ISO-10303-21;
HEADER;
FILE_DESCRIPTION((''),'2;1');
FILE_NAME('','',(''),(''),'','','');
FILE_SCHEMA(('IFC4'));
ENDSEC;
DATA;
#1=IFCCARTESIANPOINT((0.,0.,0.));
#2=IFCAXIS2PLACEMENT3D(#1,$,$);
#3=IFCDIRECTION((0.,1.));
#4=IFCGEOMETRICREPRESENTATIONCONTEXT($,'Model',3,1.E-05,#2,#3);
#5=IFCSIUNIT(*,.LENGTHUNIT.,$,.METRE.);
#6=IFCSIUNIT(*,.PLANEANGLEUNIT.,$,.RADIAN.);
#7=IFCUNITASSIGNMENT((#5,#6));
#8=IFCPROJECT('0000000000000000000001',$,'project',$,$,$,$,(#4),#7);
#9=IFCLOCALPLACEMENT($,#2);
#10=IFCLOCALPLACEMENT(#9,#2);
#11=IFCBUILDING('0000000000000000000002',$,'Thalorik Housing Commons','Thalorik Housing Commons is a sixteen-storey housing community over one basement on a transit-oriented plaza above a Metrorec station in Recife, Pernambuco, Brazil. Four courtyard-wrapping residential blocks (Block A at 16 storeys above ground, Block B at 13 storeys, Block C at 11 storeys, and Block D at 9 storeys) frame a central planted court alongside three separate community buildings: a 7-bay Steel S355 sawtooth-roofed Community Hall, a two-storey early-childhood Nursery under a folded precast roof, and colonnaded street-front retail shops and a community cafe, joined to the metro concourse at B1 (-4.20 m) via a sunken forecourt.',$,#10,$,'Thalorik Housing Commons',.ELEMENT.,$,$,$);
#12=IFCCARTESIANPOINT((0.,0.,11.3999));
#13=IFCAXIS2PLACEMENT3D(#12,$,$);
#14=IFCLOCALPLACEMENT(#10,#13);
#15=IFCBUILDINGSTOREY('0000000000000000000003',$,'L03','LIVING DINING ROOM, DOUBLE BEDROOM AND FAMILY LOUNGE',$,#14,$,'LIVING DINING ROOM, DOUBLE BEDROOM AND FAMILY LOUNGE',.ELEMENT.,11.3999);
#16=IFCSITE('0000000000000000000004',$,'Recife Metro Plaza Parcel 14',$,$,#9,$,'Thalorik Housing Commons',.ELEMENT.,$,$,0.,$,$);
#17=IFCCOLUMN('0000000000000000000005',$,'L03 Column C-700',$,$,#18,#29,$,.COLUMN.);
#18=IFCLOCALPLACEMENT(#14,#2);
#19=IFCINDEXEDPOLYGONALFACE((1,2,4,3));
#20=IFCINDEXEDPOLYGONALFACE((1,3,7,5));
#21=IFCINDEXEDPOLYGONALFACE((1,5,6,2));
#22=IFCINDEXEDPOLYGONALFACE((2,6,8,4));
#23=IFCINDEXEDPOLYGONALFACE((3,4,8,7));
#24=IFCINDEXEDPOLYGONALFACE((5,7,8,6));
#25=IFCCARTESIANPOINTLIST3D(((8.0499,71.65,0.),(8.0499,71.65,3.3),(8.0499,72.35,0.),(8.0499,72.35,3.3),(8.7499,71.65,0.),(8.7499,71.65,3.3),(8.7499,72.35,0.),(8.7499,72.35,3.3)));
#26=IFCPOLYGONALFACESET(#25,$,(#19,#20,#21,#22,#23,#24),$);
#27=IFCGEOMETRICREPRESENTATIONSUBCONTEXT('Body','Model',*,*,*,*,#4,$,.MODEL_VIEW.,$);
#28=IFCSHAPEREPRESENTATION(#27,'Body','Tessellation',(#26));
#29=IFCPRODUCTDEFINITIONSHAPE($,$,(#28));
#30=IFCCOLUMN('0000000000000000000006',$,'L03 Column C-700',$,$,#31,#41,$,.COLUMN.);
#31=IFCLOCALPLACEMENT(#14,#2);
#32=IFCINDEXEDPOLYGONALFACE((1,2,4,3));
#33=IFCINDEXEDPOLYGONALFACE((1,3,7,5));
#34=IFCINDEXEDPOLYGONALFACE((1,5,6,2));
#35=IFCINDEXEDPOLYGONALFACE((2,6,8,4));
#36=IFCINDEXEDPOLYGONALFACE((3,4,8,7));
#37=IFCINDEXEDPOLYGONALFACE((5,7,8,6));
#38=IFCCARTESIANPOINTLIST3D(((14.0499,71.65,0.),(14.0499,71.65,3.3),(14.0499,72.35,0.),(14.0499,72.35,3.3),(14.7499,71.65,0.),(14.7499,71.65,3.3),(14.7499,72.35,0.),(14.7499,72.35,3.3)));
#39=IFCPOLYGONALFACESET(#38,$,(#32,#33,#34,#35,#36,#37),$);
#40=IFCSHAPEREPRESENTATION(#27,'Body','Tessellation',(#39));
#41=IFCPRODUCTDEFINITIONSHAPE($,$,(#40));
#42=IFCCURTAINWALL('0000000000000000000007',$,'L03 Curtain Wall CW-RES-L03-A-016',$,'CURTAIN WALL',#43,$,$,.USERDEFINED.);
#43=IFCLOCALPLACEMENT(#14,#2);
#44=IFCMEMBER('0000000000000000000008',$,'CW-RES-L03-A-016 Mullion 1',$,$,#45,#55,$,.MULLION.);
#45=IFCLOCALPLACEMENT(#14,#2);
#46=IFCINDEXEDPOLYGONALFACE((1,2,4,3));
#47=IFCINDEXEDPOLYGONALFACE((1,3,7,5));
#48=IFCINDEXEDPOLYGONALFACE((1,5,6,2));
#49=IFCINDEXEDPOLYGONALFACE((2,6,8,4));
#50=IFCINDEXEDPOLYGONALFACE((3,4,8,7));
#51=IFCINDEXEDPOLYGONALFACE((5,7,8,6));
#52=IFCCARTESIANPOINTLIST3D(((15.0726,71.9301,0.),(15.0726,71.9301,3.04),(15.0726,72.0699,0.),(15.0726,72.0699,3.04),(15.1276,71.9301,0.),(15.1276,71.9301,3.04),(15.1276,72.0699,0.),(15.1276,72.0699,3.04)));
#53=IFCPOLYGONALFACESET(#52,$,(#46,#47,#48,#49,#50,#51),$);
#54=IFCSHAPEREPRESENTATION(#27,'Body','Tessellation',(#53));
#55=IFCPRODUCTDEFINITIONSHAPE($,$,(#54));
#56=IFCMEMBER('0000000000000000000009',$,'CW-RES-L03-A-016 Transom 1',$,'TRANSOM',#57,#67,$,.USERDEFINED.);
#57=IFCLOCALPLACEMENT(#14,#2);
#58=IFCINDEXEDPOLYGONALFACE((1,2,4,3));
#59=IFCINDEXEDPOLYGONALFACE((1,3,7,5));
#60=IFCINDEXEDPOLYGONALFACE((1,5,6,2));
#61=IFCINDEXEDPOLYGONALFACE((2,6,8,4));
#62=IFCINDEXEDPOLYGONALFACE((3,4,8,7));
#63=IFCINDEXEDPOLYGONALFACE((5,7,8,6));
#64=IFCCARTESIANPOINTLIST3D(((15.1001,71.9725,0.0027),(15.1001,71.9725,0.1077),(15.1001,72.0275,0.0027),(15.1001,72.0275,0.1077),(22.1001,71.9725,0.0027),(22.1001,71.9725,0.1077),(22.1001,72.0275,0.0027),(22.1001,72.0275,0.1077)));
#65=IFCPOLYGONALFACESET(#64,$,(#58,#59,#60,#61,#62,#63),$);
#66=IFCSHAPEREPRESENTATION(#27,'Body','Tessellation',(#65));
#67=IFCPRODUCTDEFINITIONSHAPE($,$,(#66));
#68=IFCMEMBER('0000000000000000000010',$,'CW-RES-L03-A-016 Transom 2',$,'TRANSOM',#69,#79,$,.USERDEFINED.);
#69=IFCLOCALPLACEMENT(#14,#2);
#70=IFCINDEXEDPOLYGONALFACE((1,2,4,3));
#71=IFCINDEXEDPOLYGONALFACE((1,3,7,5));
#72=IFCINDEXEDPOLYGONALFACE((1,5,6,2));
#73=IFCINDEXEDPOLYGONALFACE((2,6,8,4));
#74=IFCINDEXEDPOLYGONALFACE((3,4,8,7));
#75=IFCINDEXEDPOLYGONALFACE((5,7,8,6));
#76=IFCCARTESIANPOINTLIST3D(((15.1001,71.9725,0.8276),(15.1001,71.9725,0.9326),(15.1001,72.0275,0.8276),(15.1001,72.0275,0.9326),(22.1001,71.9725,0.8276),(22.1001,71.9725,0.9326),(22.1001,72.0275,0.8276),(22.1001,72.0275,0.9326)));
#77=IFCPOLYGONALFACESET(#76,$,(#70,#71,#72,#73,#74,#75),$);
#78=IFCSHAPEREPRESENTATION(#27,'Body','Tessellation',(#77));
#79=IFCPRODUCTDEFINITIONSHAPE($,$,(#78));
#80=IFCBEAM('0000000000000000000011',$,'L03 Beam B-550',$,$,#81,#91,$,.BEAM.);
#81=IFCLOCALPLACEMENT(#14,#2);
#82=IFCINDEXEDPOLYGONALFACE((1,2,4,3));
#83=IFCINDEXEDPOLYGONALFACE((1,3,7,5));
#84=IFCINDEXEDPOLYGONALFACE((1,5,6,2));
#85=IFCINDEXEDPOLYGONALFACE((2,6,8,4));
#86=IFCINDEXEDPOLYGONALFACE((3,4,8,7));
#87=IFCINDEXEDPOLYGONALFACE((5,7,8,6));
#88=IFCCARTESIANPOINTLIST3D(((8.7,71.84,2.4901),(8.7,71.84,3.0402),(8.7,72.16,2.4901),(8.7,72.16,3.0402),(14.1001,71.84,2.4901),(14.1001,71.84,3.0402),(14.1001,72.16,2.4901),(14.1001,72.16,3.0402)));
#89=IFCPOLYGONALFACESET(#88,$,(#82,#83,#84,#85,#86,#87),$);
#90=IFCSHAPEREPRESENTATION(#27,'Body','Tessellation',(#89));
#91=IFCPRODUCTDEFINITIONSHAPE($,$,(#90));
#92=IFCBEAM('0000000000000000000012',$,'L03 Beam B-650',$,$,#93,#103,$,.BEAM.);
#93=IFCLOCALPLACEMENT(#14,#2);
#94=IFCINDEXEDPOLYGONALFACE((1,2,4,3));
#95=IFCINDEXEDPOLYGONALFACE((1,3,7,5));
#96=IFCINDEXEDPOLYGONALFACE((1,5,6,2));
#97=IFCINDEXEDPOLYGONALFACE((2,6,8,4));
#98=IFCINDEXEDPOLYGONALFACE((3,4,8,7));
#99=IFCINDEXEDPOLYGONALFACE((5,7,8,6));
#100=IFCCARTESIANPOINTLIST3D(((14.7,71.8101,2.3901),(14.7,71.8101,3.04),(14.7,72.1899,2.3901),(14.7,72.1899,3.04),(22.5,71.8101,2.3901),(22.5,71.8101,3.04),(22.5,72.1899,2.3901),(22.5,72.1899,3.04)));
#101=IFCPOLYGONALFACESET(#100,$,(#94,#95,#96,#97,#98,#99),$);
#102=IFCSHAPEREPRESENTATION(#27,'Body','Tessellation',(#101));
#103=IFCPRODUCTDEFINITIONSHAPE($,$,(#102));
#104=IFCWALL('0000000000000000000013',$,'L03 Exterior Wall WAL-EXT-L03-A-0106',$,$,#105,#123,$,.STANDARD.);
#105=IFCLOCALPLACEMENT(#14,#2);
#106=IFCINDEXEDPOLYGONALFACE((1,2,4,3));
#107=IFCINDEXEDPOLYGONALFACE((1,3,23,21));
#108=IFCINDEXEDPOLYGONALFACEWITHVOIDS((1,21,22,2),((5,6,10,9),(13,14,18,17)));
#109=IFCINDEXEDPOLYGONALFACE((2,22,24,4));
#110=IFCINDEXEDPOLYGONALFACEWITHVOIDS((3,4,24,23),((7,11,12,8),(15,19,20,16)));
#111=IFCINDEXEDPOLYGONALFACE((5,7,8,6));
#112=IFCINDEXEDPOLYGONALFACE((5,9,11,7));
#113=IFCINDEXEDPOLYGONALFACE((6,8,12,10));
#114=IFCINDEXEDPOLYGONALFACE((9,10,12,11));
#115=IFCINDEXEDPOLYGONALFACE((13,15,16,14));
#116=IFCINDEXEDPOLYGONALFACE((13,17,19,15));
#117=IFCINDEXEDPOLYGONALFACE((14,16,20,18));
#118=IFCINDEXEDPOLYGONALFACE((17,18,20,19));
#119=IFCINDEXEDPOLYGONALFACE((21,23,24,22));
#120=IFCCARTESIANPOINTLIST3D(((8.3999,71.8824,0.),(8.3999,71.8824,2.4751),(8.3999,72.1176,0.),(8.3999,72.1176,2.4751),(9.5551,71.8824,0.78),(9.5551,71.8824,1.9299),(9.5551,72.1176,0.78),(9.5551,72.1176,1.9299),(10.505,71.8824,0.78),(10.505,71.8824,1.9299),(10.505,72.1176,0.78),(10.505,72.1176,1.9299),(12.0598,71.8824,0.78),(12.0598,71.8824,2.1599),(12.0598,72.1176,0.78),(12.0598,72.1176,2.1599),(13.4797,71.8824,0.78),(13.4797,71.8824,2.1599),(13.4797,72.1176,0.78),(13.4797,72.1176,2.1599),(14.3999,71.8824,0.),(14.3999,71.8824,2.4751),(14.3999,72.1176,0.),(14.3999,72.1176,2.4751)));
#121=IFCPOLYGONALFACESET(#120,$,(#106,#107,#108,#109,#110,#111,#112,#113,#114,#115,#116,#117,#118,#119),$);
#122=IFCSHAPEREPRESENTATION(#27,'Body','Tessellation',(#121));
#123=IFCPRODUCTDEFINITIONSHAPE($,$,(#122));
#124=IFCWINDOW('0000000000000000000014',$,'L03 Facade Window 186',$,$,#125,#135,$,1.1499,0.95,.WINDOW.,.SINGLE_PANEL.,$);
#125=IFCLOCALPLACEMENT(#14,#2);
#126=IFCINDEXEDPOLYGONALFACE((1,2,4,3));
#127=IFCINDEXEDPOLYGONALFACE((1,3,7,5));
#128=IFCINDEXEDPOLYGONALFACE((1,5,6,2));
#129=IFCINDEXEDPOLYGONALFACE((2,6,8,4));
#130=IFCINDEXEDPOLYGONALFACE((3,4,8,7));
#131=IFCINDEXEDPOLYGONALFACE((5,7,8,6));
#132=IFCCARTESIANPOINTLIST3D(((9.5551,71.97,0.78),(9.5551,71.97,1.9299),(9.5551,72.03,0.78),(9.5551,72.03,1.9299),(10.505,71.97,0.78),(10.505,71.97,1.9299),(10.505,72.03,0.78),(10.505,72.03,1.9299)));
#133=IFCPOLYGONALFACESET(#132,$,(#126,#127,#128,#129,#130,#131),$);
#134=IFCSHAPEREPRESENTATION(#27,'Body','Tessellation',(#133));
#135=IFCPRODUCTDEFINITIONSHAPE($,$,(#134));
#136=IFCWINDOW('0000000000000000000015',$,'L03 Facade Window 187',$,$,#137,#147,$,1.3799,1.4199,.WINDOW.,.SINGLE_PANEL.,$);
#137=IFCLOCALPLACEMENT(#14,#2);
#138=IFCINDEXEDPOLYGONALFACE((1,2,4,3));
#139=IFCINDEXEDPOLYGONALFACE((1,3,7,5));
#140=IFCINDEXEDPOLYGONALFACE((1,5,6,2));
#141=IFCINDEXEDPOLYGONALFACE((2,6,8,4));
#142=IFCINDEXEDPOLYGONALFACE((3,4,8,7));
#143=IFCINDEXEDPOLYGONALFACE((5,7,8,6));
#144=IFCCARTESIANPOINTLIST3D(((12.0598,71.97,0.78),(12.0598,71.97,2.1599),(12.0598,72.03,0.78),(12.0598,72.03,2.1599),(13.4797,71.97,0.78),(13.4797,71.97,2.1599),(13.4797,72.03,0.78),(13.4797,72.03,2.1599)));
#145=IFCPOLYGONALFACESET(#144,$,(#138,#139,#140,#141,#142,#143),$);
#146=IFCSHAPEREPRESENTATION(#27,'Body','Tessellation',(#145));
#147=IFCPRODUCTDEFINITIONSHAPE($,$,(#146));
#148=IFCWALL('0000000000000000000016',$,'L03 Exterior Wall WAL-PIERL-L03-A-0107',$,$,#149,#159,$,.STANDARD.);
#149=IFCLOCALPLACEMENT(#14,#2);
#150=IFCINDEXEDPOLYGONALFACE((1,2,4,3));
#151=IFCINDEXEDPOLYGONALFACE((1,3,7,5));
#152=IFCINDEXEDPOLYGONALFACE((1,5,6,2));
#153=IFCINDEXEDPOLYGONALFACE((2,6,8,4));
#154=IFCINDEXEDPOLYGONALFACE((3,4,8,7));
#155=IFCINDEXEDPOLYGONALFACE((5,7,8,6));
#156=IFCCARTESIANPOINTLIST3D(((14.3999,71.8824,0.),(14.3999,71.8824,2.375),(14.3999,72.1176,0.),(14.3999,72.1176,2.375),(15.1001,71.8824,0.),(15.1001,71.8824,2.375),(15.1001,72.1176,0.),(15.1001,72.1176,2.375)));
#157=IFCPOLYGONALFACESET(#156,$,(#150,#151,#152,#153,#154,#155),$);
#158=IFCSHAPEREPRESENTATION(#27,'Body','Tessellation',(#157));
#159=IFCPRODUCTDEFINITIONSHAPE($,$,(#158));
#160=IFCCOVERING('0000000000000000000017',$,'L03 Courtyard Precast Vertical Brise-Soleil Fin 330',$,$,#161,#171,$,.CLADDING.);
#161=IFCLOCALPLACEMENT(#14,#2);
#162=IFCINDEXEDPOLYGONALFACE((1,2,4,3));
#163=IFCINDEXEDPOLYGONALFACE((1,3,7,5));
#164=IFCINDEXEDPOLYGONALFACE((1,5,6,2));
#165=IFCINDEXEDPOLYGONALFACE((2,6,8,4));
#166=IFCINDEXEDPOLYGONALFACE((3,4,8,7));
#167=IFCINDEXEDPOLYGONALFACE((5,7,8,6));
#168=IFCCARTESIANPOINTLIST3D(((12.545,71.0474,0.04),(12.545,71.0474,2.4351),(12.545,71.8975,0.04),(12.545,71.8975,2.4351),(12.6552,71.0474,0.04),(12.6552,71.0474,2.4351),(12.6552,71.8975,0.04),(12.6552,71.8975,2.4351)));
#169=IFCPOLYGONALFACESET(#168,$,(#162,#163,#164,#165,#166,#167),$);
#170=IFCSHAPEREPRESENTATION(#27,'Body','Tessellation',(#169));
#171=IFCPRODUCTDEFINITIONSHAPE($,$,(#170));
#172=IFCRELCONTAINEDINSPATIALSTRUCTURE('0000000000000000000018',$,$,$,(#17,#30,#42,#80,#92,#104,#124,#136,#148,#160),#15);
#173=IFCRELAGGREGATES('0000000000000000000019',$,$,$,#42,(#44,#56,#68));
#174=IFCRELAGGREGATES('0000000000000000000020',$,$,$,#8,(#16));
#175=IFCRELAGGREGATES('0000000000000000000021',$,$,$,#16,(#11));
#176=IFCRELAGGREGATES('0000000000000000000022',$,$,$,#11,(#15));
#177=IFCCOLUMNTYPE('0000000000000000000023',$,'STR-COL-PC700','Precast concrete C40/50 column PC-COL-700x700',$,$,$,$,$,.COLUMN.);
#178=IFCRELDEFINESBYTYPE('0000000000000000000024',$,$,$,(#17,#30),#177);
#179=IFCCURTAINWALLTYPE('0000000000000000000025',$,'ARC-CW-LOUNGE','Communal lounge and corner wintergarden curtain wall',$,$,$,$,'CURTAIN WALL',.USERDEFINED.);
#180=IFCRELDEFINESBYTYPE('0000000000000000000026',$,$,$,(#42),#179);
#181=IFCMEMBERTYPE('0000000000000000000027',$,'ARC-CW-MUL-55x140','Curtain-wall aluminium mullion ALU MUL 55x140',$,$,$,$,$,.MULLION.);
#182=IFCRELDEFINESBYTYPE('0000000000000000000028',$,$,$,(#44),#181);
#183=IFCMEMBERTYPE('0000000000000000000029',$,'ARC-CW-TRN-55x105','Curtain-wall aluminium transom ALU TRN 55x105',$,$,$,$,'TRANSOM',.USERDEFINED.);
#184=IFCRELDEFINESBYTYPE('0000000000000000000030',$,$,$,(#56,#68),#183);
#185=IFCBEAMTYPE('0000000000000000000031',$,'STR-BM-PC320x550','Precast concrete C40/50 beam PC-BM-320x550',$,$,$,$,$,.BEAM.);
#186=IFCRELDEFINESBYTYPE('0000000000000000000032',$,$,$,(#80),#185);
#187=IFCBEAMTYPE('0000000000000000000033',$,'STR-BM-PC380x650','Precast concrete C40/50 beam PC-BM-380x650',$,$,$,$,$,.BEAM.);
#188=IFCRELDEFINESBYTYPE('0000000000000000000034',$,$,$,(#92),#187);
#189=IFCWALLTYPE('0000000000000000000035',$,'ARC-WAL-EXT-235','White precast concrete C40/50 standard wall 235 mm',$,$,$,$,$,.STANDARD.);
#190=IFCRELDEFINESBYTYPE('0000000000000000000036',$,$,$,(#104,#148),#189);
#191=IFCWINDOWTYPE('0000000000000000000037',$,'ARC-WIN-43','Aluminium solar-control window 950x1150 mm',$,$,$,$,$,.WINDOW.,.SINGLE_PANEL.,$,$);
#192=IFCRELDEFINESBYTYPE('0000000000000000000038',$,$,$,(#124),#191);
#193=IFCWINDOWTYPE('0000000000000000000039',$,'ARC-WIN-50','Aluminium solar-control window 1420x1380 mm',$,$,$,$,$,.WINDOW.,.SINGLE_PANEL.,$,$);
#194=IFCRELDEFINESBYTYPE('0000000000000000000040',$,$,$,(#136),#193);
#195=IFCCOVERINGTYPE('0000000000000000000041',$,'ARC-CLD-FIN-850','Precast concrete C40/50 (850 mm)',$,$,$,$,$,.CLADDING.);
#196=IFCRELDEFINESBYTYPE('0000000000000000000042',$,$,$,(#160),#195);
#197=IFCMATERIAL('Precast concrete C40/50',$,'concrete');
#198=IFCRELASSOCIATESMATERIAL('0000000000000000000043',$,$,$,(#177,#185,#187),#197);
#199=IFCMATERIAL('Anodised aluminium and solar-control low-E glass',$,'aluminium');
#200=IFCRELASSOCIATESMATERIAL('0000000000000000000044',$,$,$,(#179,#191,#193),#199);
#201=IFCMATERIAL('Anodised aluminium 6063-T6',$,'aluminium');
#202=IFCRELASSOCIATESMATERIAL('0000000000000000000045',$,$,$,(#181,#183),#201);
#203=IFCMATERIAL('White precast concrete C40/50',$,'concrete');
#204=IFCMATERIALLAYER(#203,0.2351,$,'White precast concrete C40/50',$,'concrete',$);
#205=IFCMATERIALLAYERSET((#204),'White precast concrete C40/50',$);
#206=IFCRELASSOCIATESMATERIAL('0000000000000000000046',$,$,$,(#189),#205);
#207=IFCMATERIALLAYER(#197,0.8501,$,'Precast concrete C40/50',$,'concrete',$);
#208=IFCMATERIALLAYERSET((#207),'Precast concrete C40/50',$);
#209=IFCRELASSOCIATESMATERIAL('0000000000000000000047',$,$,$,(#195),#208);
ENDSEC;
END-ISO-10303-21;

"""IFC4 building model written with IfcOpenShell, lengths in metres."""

from ifc_helpers import new_model, si_unit, direction, frame, frame_2d, origin, origin_2d, place, context, subcontext, project, spatial, rectangle, extrude, material, layer, layer_set, material_profile, profile_set, type_object, element, fill, aggregate, save


model = new_model("IFC4")

# Units and contexts
model_context = context("Model", 3, precision=1e-05, world=origin(), true_north=direction((0.0, 1.0)))
body_context = subcontext(model_context, "Body", "Model", "MODEL_VIEW")
ifc_project = project(units=[si_unit("LENGTHUNIT", "METRE"), si_unit("PLANEANGLEUNIT", "RADIAN")], contexts=[model_context])

# Site, building, storey
site_placement = place(None, origin())
site = spatial("IfcSite", under=ifc_project, at=site_placement, Name="Recife Metro Plaza Parcel 14", LongName="Thalorik Housing Commons", CompositionType="ELEMENT", RefElevation=0.0)
building_placement = place(site_placement, origin())
building = spatial("IfcBuilding", under=site, at=building_placement, Name="Thalorik Housing Commons", Description="Thalorik Housing Commons is a sixteen-storey housing community over one basement on a transit-oriented plaza above a Metrorec station in Recife, Pernambuco, Brazil. Four courtyard-wrapping residential blocks (Block A at 16 storeys above ground, Block B at 13 storeys, Block C at 11 storeys, and Block D at 9 storeys) frame a central planted court alongside three separate community buildings: a 7-bay Steel S355 sawtooth-roofed Community Hall, a two-storey early-childhood Nursery under a folded precast roof, and colonnaded street-front retail shops and a community cafe, joined to the metro concourse at B1 (-4.20 m) via a sunken forecourt.", LongName="Thalorik Housing Commons", CompositionType="ELEMENT")
storey_placement = place(building_placement, frame((0.0, 0.0, 11.3999)))
storey = spatial("IfcBuildingStorey", under=building, at=storey_placement, Name="L03", Description="LIVING DINING ROOM, DOUBLE BEDROOM AND FAMILY LOUNGE", LongName="LIVING DINING ROOM, DOUBLE BEDROOM AND FAMILY LOUNGE", CompositionType="ELEMENT", Elevation=11.3999)

# Columns
ifc_material_1 = material(Name="Precast concrete C40/50", Category="concrete")
ifc_material_profile_1 = material_profile(ifc_material_1, rectangle(XDim=0.7, YDim=0.7, at=origin_2d()), Name="PC 700x700", Category="concrete")
ifc_profile_set_1 = profile_set([ifc_material_profile_1], Name="Precast concrete C40/50")
column_type = type_object("IfcColumnType", Name="STR-COL-PC700", Description="Precast concrete C40/50 column PC-COL-700x700", PredefinedType="COLUMN", material=ifc_profile_set_1)
for number, where, z_axis, x_axis, name in (
    (1, (8.3999, 72.0, 0.0), (0.0, 0.0, 1.0), (1.0, 0.0, 0.0), "L03 Column C-700"),
    (2, (14.3999, 72.0, 0.0), (0.0, 0.0, 1.0), (1.0, 0.0, 0.0), "L03 Column C-700"),
):
    element("IfcColumn", number, at=place(storey_placement, frame(where, z_axis=z_axis, x_axis=x_axis)), inside=storey, type_object=column_type, Name=name, PredefinedType="COLUMN", context=body_context, shape_type="SweptSolid", body=[
        extrude(rectangle(XDim=0.7, YDim=0.7, at=origin_2d()), origin(), (0.0, 0.0, 1.0), 3.3),
    ])

# Curtain wall, members
ifc_material_2 = material(Name="Anodised aluminium and solar-control low-E glass", Category="aluminium")
curtain_wall_type = type_object("IfcCurtainWallType", Name="ARC-CW-LOUNGE", Description="Communal lounge and corner wintergarden curtain wall", ElementType="CURTAIN WALL", PredefinedType="USERDEFINED", material=ifc_material_2)
curtain_wall_placement = place(storey_placement, origin())
curtain_wall = element("IfcCurtainWall", 3, at=curtain_wall_placement, inside=storey, type_object=curtain_wall_type, Name="L03 Curtain Wall CW-RES-L03-A-016", ObjectType="CURTAIN WALL", PredefinedType="USERDEFINED")
ifc_material_3 = material(Name="Anodised aluminium 6063-T6", Category="aluminium")
ifc_material_profile_2 = material_profile(ifc_material_3, rectangle(XDim=0.0549, YDim=0.1399, at=origin_2d()), Name="ALU MUL 55x140", Category="aluminium")
ifc_profile_set_2 = profile_set([ifc_material_profile_2], Name="Anodised aluminium 6063-T6")
member_type_1 = type_object("IfcMemberType", Name="ARC-CW-MUL-55x140", Description="Curtain-wall aluminium mullion ALU MUL 55x140", PredefinedType="MULLION", material=ifc_profile_set_2)
member_1_placement = place(storey_placement, frame((15.1001, 72.0, 0.0), z_axis=(0.0, 0.0, 1.0), x_axis=(1.0, 0.0, 0.0)))
member_1 = element("IfcMember", 4, at=member_1_placement, type_object=member_type_1, Name="CW-RES-L03-A-016 Mullion 1", PredefinedType="MULLION", context=body_context, shape_type="SweptSolid", body=[
    extrude(rectangle(XDim=0.0549, YDim=0.1399, at=origin_2d()), origin(), (0.0, 0.0, 1.0), 3.04),
])
ifc_material_profile_3 = material_profile(ifc_material_3, rectangle(XDim=0.0549, YDim=0.105, at=origin_2d()), Name="ALU TRN 55x105", Category="aluminium")
ifc_profile_set_3 = profile_set([ifc_material_profile_3], Name="Anodised aluminium 6063-T6")
member_type_2 = type_object("IfcMemberType", Name="ARC-CW-TRN-55x105", Description="Curtain-wall aluminium transom ALU TRN 55x105", ElementType="TRANSOM", PredefinedType="USERDEFINED", material=ifc_profile_set_3)
member_2_placement = place(storey_placement, frame((15.1001, 72.0, 0.0552), z_axis=(1.0, 0.0, 0.0), x_axis=(0.0, 1.0, 0.0)))
member_2 = element("IfcMember", 5, at=member_2_placement, type_object=member_type_2, Name="CW-RES-L03-A-016 Transom 1", ObjectType="TRANSOM", PredefinedType="USERDEFINED", context=body_context, shape_type="SweptSolid", body=[
    extrude(rectangle(XDim=0.0549, YDim=0.105, at=origin_2d()), origin(), (0.0, 0.0, 1.0), 7.0),
])
member_3_placement = place(storey_placement, frame((15.1001, 72.0, 0.8801), z_axis=(1.0, 0.0, 0.0), x_axis=(0.0, 1.0, 0.0)))
member_3 = element("IfcMember", 6, at=member_3_placement, type_object=member_type_2, Name="CW-RES-L03-A-016 Transom 2", ObjectType="TRANSOM", PredefinedType="USERDEFINED", context=body_context, shape_type="SweptSolid", body=[
    extrude(rectangle(XDim=0.0549, YDim=0.105, at=origin_2d()), origin(), (0.0, 0.0, 1.0), 7.0),
])
aggregate(curtain_wall, [member_1, member_2, member_3])

# Beams
ifc_material_profile_4 = material_profile(ifc_material_1, rectangle(XDim=0.3201, YDim=0.55, at=origin_2d()), Name="PC 320x550", Category="concrete")
ifc_profile_set_4 = profile_set([ifc_material_profile_4], Name="Precast concrete C40/50")
beam_type_1 = type_object("IfcBeamType", Name="STR-BM-PC320x550", Description="Precast concrete C40/50 beam PC-BM-320x550", PredefinedType="BEAM", material=ifc_profile_set_4)
beam_1_placement = place(storey_placement, frame((8.7, 72.0, 2.7651), z_axis=(1.0, 0.0, 0.0), x_axis=(0.0, 1.0, 0.0)))
element("IfcBeam", 7, at=beam_1_placement, inside=storey, type_object=beam_type_1, Name="L03 Beam B-550", PredefinedType="BEAM", context=body_context, shape_type="SweptSolid", body=[
    extrude(rectangle(XDim=0.3201, YDim=0.55, at=origin_2d()), origin(), (0.0, 0.0, 1.0), 5.4001),
])
ifc_material_profile_5 = material_profile(ifc_material_1, rectangle(XDim=0.3799, YDim=0.6499, at=origin_2d()), Name="PC 380x650", Category="concrete")
ifc_profile_set_5 = profile_set([ifc_material_profile_5], Name="Precast concrete C40/50")
beam_type_2 = type_object("IfcBeamType", Name="STR-BM-PC380x650", Description="Precast concrete C40/50 beam PC-BM-380x650", PredefinedType="BEAM", material=ifc_profile_set_5)
beam_2_placement = place(storey_placement, frame((14.7, 72.0, 2.7151), z_axis=(1.0, 0.0, 0.0), x_axis=(0.0, 1.0, 0.0)))
element("IfcBeam", 8, at=beam_2_placement, inside=storey, type_object=beam_type_2, Name="L03 Beam B-650", PredefinedType="BEAM", context=body_context, shape_type="SweptSolid", body=[
    extrude(rectangle(XDim=0.3799, YDim=0.6499, at=origin_2d()), origin(), (0.0, 0.0, 1.0), 7.8),
])

# Wall, openings, windows
ifc_material_4 = material(Name="White precast concrete C40/50", Category="concrete")
ifc_layer_1 = layer(ifc_material_4, 0.2351, Name="White precast concrete C40/50", Category="concrete")
ifc_layer_set_1 = layer_set([ifc_layer_1], Name="White precast concrete C40/50")
wall_type = type_object("IfcWallType", Name="ARC-WAL-EXT-235", Description="White precast concrete C40/50 standard wall 235 mm", PredefinedType="STANDARD", material=ifc_layer_set_1)
wall_1_placement = place(storey_placement, frame((8.3999, 72.0, 0.0), z_axis=(0.0, 0.0, 1.0), x_axis=(1.0, 0.0, 0.0)))
wall_1 = element("IfcWall", 9, at=wall_1_placement, inside=storey, type_object=wall_type, Name="L03 Exterior Wall WAL-EXT-L03-A-0106", PredefinedType="STANDARD", context=body_context, shape_type="SweptSolid", body=[
    extrude(rectangle(XDim=6.0, YDim=0.2351, at=frame_2d((3.0, 0.0))), origin(), (0.0, 0.0, 1.0), 2.4751),
])
opening_1_placement = place(wall_1_placement, frame((1.155, 0.0, 0.78)))
opening_1 = element("IfcOpeningElement", 10, at=opening_1_placement, cuts=wall_1, PredefinedType="OPENING", context=body_context, shape_type="SweptSolid", body=[
    extrude(rectangle(XDim=0.95, YDim=1.1499, at=frame_2d((0.4751, 0.575))), frame((0.0, 0.1274, 0.0), z_axis=(0.0, -1.0, 0.0), x_axis=(1.0, 0.0, 0.0)), (0.0, 0.0, 1.0), 0.2551),
])
opening_2_placement = place(wall_1_placement, frame((3.6599, 0.0, 0.78)))
opening_2 = element("IfcOpeningElement", 11, at=opening_2_placement, cuts=wall_1, PredefinedType="OPENING", context=body_context, shape_type="SweptSolid", body=[
    extrude(rectangle(XDim=1.4199, YDim=1.3799, at=frame_2d((0.71, 0.6899))), frame((0.0, 0.1274, 0.0), z_axis=(0.0, -1.0, 0.0), x_axis=(1.0, 0.0, 0.0)), (0.0, 0.0, 1.0), 0.2551),
])
window_type_1 = type_object("IfcWindowType", Name="ARC-WIN-43", Description="Aluminium solar-control window 950x1150 mm", PartitioningType="SINGLE_PANEL", PredefinedType="WINDOW", material=ifc_material_2)
window_1_placement = place(opening_1_placement, origin())
window_1 = element("IfcWindow", 12, at=window_1_placement, inside=storey, type_object=window_type_1, Name="L03 Facade Window 186", OverallHeight=1.1499, OverallWidth=0.95, PartitioningType="SINGLE_PANEL", PredefinedType="WINDOW", context=body_context, shape_type="SweptSolid", body=[
    extrude(rectangle(XDim=0.95, YDim=1.1499, at=frame_2d((0.4751, 0.575))), frame((0.0, 0.03, 0.0), z_axis=(0.0, -1.0, 0.0), x_axis=(1.0, 0.0, 0.0)), (0.0, 0.0, 1.0), 0.0601),
])
fill(opening_1, window_1)
window_type_2 = type_object("IfcWindowType", Name="ARC-WIN-50", Description="Aluminium solar-control window 1420x1380 mm", PartitioningType="SINGLE_PANEL", PredefinedType="WINDOW", material=ifc_material_2)
window_2_placement = place(opening_2_placement, origin())
window_2 = element("IfcWindow", 13, at=window_2_placement, inside=storey, type_object=window_type_2, Name="L03 Facade Window 187", OverallHeight=1.3799, OverallWidth=1.4199, PartitioningType="SINGLE_PANEL", PredefinedType="WINDOW", context=body_context, shape_type="SweptSolid", body=[
    extrude(rectangle(XDim=1.4199, YDim=1.3799, at=frame_2d((0.71, 0.6899))), frame((0.0, 0.03, 0.0), z_axis=(0.0, -1.0, 0.0), x_axis=(1.0, 0.0, 0.0)), (0.0, 0.0, 1.0), 0.0601),
])
fill(opening_2, window_2)

# Wall
wall_2_placement = place(storey_placement, frame((14.3999, 72.0, 0.0), z_axis=(0.0, 0.0, 1.0), x_axis=(1.0, 0.0, 0.0)))
element("IfcWall", 14, at=wall_2_placement, inside=storey, type_object=wall_type, Name="L03 Exterior Wall WAL-PIERL-L03-A-0107", PredefinedType="STANDARD", context=body_context, shape_type="SweptSolid", body=[
    extrude(rectangle(XDim=0.7002, YDim=0.2351, at=frame_2d((0.3501, 0.0))), origin(), (0.0, 0.0, 1.0), 2.375),
])

# Covering
ifc_layer_2 = layer(ifc_material_1, 0.8501, Name="Precast concrete C40/50", Category="concrete")
ifc_layer_set_2 = layer_set([ifc_layer_2], Name="Precast concrete C40/50")
covering_type_1 = type_object("IfcCoveringType", Name="ARC-CLD-FIN-850", Description="Precast concrete C40/50 (850 mm)", PredefinedType="CLADDING", material=ifc_layer_set_2)
for number, where, z_axis, x_axis, name in (
    (15, (12.6001, 71.4724, 0.04), (0.0, 0.0, 1.0), (1.0, 0.0, 0.0), "L03 Courtyard Precast Vertical Brise-Soleil Fin 330"),
):
    element("IfcCovering", number, at=place(storey_placement, frame(where, z_axis=z_axis, x_axis=x_axis)), inside=storey, type_object=covering_type_1, Name=name, PredefinedType="CLADDING", context=body_context, shape_type="SweptSolid", body=[
        extrude(rectangle(XDim=0.1101, YDim=0.8501, at=origin_2d()), origin(), (0.0, 0.0, 1.0), 2.395),
    ])

save(model, "model.ifc")
